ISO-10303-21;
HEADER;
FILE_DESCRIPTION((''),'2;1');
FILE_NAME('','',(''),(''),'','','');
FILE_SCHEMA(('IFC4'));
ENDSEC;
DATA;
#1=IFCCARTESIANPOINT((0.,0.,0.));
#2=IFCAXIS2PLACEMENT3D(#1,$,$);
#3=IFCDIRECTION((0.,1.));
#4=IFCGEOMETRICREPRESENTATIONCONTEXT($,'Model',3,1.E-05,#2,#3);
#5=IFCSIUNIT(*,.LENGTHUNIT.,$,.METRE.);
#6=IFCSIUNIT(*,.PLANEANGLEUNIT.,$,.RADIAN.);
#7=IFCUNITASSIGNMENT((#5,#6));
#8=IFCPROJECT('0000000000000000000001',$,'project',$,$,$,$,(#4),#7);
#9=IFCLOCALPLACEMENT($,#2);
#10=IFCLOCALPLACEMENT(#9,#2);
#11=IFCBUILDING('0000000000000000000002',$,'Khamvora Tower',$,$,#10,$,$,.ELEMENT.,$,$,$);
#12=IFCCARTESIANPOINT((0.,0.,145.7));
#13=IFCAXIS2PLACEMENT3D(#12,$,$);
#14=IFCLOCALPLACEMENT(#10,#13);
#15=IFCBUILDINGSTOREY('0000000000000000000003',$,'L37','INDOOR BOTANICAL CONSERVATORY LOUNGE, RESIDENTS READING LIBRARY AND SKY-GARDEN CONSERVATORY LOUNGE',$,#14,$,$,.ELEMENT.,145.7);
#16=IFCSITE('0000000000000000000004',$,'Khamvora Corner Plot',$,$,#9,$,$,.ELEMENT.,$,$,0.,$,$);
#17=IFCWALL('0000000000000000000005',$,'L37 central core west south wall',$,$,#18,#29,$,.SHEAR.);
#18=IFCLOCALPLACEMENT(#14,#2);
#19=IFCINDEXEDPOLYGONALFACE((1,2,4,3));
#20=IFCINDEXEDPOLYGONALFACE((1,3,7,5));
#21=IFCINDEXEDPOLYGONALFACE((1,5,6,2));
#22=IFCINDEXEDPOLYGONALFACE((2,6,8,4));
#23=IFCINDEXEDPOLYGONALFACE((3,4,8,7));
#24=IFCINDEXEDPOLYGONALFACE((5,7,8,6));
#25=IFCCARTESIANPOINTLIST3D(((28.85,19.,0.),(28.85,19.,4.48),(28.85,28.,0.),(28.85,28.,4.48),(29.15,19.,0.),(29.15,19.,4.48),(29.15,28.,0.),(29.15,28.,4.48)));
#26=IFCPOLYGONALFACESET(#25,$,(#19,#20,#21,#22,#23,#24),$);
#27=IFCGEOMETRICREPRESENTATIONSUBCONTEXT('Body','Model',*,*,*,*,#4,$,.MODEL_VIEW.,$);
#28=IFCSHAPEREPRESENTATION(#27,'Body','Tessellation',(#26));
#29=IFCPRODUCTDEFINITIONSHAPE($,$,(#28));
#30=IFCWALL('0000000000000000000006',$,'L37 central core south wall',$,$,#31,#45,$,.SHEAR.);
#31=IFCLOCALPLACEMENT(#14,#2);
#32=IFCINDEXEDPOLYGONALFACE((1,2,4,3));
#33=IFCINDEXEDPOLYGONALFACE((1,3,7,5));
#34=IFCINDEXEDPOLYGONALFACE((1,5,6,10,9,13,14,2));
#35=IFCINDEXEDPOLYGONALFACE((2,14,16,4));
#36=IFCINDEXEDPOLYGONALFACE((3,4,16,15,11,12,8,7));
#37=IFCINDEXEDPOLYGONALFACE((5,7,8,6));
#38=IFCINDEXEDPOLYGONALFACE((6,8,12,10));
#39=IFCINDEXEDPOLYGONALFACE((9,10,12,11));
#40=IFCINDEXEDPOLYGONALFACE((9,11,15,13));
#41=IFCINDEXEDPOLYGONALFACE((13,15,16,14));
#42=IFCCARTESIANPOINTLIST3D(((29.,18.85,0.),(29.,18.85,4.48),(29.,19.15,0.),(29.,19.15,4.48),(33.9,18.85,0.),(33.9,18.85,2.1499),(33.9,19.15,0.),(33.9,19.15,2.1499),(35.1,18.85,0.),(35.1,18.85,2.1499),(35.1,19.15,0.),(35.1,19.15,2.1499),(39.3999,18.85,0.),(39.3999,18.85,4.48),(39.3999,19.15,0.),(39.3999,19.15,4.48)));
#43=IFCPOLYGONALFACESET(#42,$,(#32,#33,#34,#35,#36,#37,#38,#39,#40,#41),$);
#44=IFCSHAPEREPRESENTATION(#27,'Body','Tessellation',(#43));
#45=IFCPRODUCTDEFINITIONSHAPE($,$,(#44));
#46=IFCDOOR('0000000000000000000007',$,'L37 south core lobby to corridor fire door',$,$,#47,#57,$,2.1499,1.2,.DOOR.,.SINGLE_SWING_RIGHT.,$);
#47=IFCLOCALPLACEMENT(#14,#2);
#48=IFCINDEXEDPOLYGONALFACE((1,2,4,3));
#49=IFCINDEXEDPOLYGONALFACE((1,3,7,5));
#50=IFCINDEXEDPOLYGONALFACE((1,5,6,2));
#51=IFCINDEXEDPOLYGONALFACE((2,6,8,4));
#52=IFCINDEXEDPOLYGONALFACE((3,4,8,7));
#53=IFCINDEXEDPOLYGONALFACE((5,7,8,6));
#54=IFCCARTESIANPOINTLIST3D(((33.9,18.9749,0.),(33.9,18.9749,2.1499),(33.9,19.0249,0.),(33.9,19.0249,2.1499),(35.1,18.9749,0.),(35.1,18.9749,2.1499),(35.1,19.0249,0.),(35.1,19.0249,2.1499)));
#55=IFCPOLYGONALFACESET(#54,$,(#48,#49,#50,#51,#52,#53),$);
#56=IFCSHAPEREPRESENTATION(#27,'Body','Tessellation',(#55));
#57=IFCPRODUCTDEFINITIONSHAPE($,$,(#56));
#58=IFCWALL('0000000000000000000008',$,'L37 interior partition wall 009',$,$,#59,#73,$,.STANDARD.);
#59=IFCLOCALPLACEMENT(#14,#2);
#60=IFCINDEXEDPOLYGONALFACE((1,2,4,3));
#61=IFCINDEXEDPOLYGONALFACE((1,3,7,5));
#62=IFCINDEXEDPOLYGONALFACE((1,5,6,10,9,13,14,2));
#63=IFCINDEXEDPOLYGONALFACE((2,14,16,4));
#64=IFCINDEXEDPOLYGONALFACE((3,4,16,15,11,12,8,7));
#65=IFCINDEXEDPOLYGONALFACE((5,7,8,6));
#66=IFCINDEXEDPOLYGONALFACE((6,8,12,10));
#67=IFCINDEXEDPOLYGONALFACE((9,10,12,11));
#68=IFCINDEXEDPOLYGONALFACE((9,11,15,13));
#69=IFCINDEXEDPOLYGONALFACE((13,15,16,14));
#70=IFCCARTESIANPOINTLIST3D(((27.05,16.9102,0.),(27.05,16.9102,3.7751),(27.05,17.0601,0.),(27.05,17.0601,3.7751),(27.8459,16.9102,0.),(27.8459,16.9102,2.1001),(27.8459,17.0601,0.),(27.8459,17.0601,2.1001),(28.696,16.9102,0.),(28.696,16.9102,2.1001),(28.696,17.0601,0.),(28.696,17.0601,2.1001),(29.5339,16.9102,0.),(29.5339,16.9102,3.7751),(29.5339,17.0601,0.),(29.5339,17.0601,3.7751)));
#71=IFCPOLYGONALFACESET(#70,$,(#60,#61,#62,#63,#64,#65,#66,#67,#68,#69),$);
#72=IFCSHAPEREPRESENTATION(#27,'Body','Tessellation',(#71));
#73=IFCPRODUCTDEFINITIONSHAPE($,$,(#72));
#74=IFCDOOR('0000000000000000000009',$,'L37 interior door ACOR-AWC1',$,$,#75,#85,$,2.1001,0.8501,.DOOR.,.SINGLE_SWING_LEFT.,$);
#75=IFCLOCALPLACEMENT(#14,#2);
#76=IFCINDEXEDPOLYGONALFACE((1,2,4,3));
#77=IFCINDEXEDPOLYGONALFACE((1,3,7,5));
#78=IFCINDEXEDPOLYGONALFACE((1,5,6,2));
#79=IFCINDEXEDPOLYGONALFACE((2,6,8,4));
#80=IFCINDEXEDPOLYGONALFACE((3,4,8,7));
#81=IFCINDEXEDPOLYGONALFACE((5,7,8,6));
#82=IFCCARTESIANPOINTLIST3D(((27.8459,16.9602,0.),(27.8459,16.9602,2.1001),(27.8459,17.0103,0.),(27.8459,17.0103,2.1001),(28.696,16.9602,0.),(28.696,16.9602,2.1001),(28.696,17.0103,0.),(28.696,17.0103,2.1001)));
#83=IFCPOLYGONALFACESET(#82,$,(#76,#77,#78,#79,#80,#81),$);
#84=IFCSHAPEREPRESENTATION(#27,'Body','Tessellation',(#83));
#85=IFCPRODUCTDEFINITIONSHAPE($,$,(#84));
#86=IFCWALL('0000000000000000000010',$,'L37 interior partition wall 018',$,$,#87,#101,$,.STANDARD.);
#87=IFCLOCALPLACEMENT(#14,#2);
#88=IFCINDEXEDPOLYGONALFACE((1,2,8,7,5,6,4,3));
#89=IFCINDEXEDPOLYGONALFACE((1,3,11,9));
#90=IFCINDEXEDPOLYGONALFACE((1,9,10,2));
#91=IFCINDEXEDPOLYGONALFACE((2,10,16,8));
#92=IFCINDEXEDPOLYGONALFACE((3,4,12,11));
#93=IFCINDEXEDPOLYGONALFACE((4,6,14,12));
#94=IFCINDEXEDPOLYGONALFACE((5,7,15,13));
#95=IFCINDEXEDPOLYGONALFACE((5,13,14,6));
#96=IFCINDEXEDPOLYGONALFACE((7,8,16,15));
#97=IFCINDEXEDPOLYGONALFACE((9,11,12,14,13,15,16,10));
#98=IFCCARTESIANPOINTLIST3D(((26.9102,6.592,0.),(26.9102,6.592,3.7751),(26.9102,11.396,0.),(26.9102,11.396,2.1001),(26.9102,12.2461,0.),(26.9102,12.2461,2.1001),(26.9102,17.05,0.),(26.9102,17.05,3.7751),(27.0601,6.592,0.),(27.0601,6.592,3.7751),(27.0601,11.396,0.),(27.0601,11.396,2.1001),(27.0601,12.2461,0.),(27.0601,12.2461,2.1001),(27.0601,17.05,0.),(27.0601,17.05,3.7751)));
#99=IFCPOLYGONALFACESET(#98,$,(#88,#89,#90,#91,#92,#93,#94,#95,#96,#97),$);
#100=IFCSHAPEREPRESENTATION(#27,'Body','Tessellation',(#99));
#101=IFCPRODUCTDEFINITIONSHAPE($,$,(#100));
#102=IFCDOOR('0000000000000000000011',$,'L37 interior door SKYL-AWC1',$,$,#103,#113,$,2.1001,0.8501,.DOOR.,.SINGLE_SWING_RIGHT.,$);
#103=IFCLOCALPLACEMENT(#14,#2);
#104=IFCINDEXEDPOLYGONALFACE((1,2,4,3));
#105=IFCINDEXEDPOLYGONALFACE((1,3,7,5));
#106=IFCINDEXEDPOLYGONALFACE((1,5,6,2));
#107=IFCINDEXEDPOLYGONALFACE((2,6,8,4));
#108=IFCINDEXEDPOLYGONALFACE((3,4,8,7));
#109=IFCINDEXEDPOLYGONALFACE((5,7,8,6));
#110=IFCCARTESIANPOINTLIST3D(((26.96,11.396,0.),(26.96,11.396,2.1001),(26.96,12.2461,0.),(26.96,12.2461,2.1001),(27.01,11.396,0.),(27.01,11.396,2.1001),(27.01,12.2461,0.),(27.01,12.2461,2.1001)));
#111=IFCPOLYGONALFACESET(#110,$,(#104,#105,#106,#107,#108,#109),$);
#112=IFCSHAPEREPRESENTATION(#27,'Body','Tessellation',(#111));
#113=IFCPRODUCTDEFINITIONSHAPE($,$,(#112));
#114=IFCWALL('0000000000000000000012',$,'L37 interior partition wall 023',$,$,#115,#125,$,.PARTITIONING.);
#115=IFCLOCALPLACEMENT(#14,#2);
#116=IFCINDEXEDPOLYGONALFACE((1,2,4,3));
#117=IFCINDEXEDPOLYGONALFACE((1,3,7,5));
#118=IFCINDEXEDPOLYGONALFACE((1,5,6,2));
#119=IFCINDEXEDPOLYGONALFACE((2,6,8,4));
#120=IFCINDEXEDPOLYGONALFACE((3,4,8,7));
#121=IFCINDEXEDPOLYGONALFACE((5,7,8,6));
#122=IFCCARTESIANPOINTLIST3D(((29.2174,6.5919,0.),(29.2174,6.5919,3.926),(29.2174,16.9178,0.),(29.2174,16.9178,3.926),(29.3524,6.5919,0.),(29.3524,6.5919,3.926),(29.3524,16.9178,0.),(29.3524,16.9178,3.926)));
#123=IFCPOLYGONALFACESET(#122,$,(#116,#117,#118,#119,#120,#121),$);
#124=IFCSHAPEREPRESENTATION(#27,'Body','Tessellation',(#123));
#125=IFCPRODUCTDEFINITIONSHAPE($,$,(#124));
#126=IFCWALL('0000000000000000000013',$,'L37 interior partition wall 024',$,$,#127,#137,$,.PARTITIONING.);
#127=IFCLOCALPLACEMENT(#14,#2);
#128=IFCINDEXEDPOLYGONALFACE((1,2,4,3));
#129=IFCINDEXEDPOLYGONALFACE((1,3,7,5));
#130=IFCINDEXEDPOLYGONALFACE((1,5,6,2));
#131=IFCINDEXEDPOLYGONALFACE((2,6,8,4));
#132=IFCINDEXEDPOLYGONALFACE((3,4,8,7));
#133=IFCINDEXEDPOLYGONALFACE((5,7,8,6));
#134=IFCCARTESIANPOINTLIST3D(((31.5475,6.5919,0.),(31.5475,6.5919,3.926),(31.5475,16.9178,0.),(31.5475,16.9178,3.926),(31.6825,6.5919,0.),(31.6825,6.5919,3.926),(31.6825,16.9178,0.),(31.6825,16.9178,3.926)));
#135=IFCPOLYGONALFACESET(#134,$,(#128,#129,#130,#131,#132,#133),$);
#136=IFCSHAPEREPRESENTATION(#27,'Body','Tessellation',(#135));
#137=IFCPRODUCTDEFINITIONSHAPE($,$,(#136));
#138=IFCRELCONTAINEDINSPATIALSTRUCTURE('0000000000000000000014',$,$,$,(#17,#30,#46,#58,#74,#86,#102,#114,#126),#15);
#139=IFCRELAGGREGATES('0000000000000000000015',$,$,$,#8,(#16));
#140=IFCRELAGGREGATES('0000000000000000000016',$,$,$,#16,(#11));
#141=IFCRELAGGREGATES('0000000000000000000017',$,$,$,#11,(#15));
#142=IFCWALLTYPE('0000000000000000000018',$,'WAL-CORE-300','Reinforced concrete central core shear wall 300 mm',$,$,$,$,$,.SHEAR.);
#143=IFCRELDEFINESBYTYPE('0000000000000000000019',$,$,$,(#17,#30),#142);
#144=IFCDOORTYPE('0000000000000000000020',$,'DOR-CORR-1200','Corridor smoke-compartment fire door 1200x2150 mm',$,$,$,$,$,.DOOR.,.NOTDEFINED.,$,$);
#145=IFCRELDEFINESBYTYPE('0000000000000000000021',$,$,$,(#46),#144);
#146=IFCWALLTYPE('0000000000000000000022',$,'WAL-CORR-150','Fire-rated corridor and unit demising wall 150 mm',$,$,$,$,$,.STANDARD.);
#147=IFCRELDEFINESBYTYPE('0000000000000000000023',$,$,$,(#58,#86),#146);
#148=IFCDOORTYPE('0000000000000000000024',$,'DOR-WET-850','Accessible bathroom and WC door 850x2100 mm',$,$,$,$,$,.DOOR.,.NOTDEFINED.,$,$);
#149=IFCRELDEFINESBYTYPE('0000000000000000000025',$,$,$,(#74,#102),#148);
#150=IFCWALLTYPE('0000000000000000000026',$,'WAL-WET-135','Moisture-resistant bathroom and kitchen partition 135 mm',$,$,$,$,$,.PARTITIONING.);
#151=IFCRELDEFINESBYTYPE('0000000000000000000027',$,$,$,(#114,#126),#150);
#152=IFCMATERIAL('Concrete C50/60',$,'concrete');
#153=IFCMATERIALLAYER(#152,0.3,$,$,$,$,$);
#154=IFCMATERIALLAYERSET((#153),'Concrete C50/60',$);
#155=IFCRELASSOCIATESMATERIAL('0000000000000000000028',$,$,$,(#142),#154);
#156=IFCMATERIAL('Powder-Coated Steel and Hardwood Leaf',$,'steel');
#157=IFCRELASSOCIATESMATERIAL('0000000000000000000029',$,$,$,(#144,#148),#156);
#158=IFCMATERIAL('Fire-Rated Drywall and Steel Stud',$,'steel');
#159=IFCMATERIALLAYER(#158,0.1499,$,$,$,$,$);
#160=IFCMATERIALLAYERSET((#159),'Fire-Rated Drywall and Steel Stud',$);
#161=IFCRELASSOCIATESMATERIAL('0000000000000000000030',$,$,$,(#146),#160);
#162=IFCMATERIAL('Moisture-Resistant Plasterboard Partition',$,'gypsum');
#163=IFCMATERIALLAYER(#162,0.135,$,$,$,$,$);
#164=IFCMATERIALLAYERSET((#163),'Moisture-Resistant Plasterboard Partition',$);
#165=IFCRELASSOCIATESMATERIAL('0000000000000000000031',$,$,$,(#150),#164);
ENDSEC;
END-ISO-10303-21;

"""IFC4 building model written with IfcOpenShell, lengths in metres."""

from ifc_helpers import new_model, si_unit, direction, frame, frame_2d, origin, place, context, subcontext, project, spatial, rectangle, extrude, material, layer, layer_set, type_object, element, fill, save


model = new_model("IFC4")

# Units and contexts
model_context = context("Model", 3, precision=1e-05, world=origin(), true_north=direction((0.0, 1.0)))
body_context = subcontext(model_context, "Body", "Model", "MODEL_VIEW")
ifc_project = project(units=[si_unit("LENGTHUNIT", "METRE"), si_unit("PLANEANGLEUNIT", "RADIAN")], contexts=[model_context])

# Site, building, storey
site_placement = place(None, origin())
site = spatial("IfcSite", under=ifc_project, at=site_placement, Name="Khamvora Corner Plot", CompositionType="ELEMENT", RefElevation=0.0)
building_placement = place(site_placement, origin())
building = spatial("IfcBuilding", under=site, at=building_placement, Name="Khamvora Tower", CompositionType="ELEMENT")
storey_placement = place(building_placement, frame((0.0, 0.0, 145.7)))
storey = spatial("IfcBuildingStorey", under=building, at=storey_placement, Name="L37", Description="INDOOR BOTANICAL CONSERVATORY LOUNGE, RESIDENTS READING LIBRARY AND SKY-GARDEN CONSERVATORY LOUNGE", CompositionType="ELEMENT", Elevation=145.7)

# Wall
ifc_material_1 = material(Name="Concrete C50/60", Category="concrete")
ifc_layer_1 = layer(ifc_material_1, 0.3)
ifc_layer_set_1 = layer_set([ifc_layer_1], Name="Concrete C50/60")
wall_type_1 = type_object("IfcWallType", Name="WAL-CORE-300", Description="Reinforced concrete central core shear wall 300 mm", PredefinedType="SHEAR", material=ifc_layer_set_1)
wall_1_placement = place(storey_placement, frame((29.0, 19.0, 0.0), z_axis=(0.0, 0.0, 1.0), x_axis=(0.0, 1.0, 0.0)))
element("IfcWall", 1, at=wall_1_placement, inside=storey, type_object=wall_type_1, Name="L37 central core west south wall", PredefinedType="SHEAR", context=body_context, shape_type="SweptSolid", body=[
    extrude(rectangle(XDim=9.0, YDim=0.3, at=frame_2d((4.5, 0.0))), origin(), (0.0, 0.0, 1.0), 4.48),
])

# Walls, openings, doors
wall_2_placement = place(storey_placement, frame((29.0, 19.0, 0.0), z_axis=(0.0, 0.0, 1.0), x_axis=(1.0, 0.0, 0.0)))
wall_2 = element("IfcWall", 2, at=wall_2_placement, inside=storey, type_object=wall_type_1, Name="L37 central core south wall", PredefinedType="SHEAR", context=body_context, shape_type="SweptSolid", body=[
    extrude(rectangle(XDim=10.3999, YDim=0.3, at=frame_2d((5.2, 0.0))), origin(), (0.0, 0.0, 1.0), 4.48),
])
opening_1_placement = place(wall_2_placement, frame((4.8999, 0.0, 0.0)))
opening_1 = element("IfcOpeningElement", 3, at=opening_1_placement, cuts=wall_2, PredefinedType="OPENING", context=body_context, shape_type="SweptSolid", body=[
    extrude(rectangle(XDim=1.2, YDim=2.1499, at=frame_2d((0.6001, 1.075))), frame((0.0, 0.1599, 0.0), z_axis=(0.0, -1.0, 0.0), x_axis=(1.0, 0.0, 0.0)), (0.0, 0.0, 1.0), 0.3201),
])
ifc_material_2 = material(Name="Powder-Coated Steel and Hardwood Leaf", Category="steel")
door_type_1 = type_object("IfcDoorType", Name="DOR-CORR-1200", Description="Corridor smoke-compartment fire door 1200x2150 mm", OperationType="NOTDEFINED", PredefinedType="DOOR", material=ifc_material_2)
door_1_placement = place(opening_1_placement, origin())
door_1 = element("IfcDoor", 4, at=door_1_placement, inside=storey, type_object=door_type_1, Name="L37 south core lobby to corridor fire door", OperationType="SINGLE_SWING_RIGHT", OverallHeight=2.1499, OverallWidth=1.2, PredefinedType="DOOR", context=body_context, shape_type="SweptSolid", body=[
    extrude(rectangle(XDim=1.2, YDim=2.1499, at=frame_2d((0.6001, 1.075))), frame((0.0, 0.0249, 0.0), z_axis=(0.0, -1.0, 0.0), x_axis=(1.0, 0.0, 0.0)), (0.0, 0.0, 1.0), 0.05),
])
fill(opening_1, door_1)
ifc_material_3 = material(Name="Fire-Rated Drywall and Steel Stud", Category="steel")
ifc_layer_2 = layer(ifc_material_3, 0.1499)
ifc_layer_set_2 = layer_set([ifc_layer_2], Name="Fire-Rated Drywall and Steel Stud")
wall_type_2 = type_object("IfcWallType", Name="WAL-CORR-150", Description="Fire-rated corridor and unit demising wall 150 mm", PredefinedType="STANDARD", material=ifc_layer_set_2)
wall_3_placement = place(storey_placement, frame((29.5339, 16.9851, 0.0), z_axis=(0.0, 0.0, 1.0), x_axis=(-1.0, 0.0, 0.0)))
wall_3 = element("IfcWall", 5, at=wall_3_placement, inside=storey, type_object=wall_type_2, Name="L37 interior partition wall 009", PredefinedType="STANDARD", context=body_context, shape_type="SweptSolid", body=[
    extrude(rectangle(XDim=2.4839, YDim=0.1499, at=frame_2d((1.2419, 0.0))), origin(), (0.0, 0.0, 1.0), 3.7751),
])
opening_2_placement = place(wall_3_placement, frame((0.8379, 0.0, 0.0)))
opening_2 = element("IfcOpeningElement", 6, at=opening_2_placement, cuts=wall_3, PredefinedType="OPENING", context=body_context, shape_type="SweptSolid", body=[
    extrude(rectangle(XDim=0.8501, YDim=2.1001, at=frame_2d((0.425, 1.05))), frame((0.0, 0.085, 0.0), z_axis=(0.0, -1.0, 0.0), x_axis=(1.0, 0.0, 0.0)), (0.0, 0.0, 1.0), 0.1699),
])
door_type_2 = type_object("IfcDoorType", Name="DOR-WET-850", Description="Accessible bathroom and WC door 850x2100 mm", OperationType="NOTDEFINED", PredefinedType="DOOR", material=ifc_material_2)
door_2_placement = place(opening_2_placement, origin())
door_2 = element("IfcDoor", 7, at=door_2_placement, inside=storey, type_object=door_type_2, Name="L37 interior door ACOR-AWC1", OperationType="SINGLE_SWING_LEFT", OverallHeight=2.1001, OverallWidth=0.8501, PredefinedType="DOOR", context=body_context, shape_type="SweptSolid", body=[
    extrude(rectangle(XDim=0.8501, YDim=2.1001, at=frame_2d((0.425, 1.05))), frame((0.0, 0.0249, 0.0), z_axis=(0.0, -1.0, 0.0), x_axis=(1.0, 0.0, 0.0)), (0.0, 0.0, 1.0), 0.05),
])
fill(opening_2, door_2)
wall_4_placement = place(storey_placement, frame((26.9851, 17.05, 0.0), z_axis=(0.0, 0.0, 1.0), x_axis=(0.0, -1.0, 0.0)))
wall_4 = element("IfcWall", 8, at=wall_4_placement, inside=storey, type_object=wall_type_2, Name="L37 interior partition wall 018", PredefinedType="STANDARD", context=body_context, shape_type="SweptSolid", body=[
    extrude(rectangle(XDim=10.458, YDim=0.1499, at=frame_2d((5.229, 0.0))), origin(), (0.0, 0.0, 1.0), 3.7751),
])
opening_3_placement = place(wall_4_placement, frame((4.804, 0.0, 0.0)))
opening_3 = element("IfcOpeningElement", 9, at=opening_3_placement, cuts=wall_4, PredefinedType="OPENING", context=body_context, shape_type="SweptSolid", body=[
    extrude(rectangle(XDim=0.8501, YDim=2.1001, at=frame_2d((0.425, 1.05))), frame((0.0, 0.085, 0.0), z_axis=(0.0, -1.0, 0.0), x_axis=(1.0, 0.0, 0.0)), (0.0, 0.0, 1.0), 0.1699),
])
door_3_placement = place(opening_3_placement, origin())
door_3 = element("IfcDoor", 10, at=door_3_placement, inside=storey, type_object=door_type_2, Name="L37 interior door SKYL-AWC1", OperationType="SINGLE_SWING_RIGHT", OverallHeight=2.1001, OverallWidth=0.8501, PredefinedType="DOOR", context=body_context, shape_type="SweptSolid", body=[
    extrude(rectangle(XDim=0.8501, YDim=2.1001, at=frame_2d((0.425, 1.05))), frame((0.0, 0.0249, 0.0), z_axis=(0.0, -1.0, 0.0), x_axis=(1.0, 0.0, 0.0)), (0.0, 0.0, 1.0), 0.05),
])
fill(opening_3, door_3)

# Walls
ifc_material_4 = material(Name="Moisture-Resistant Plasterboard Partition", Category="gypsum")
ifc_layer_3 = layer(ifc_material_4, 0.135)
ifc_layer_set_3 = layer_set([ifc_layer_3], Name="Moisture-Resistant Plasterboard Partition")
wall_type_3 = type_object("IfcWallType", Name="WAL-WET-135", Description="Moisture-resistant bathroom and kitchen partition 135 mm", PredefinedType="PARTITIONING", material=ifc_layer_set_3)
for number, where, z_axis, x_axis, name in (
    (11, (29.2849, 16.918, 0.0), (0.0, 0.0, 1.0), (0.0, -1.0, 0.0), "L37 interior partition wall 023"),
    (12, (31.615, 16.918, 0.0), (0.0, 0.0, 1.0), (0.0, -1.0, 0.0), "L37 interior partition wall 024"),
):
    element("IfcWall", number, at=place(storey_placement, frame(where, z_axis=z_axis, x_axis=x_axis)), inside=storey, type_object=wall_type_3, Name=name, PredefinedType="PARTITIONING", context=body_context, shape_type="SweptSolid", body=[
        extrude(rectangle(XDim=10.3259, YDim=0.135, at=frame_2d((5.1631, 0.0))), origin(), (0.0, 0.0, 1.0), 3.926),
    ])

save(model, "model.ifc")
